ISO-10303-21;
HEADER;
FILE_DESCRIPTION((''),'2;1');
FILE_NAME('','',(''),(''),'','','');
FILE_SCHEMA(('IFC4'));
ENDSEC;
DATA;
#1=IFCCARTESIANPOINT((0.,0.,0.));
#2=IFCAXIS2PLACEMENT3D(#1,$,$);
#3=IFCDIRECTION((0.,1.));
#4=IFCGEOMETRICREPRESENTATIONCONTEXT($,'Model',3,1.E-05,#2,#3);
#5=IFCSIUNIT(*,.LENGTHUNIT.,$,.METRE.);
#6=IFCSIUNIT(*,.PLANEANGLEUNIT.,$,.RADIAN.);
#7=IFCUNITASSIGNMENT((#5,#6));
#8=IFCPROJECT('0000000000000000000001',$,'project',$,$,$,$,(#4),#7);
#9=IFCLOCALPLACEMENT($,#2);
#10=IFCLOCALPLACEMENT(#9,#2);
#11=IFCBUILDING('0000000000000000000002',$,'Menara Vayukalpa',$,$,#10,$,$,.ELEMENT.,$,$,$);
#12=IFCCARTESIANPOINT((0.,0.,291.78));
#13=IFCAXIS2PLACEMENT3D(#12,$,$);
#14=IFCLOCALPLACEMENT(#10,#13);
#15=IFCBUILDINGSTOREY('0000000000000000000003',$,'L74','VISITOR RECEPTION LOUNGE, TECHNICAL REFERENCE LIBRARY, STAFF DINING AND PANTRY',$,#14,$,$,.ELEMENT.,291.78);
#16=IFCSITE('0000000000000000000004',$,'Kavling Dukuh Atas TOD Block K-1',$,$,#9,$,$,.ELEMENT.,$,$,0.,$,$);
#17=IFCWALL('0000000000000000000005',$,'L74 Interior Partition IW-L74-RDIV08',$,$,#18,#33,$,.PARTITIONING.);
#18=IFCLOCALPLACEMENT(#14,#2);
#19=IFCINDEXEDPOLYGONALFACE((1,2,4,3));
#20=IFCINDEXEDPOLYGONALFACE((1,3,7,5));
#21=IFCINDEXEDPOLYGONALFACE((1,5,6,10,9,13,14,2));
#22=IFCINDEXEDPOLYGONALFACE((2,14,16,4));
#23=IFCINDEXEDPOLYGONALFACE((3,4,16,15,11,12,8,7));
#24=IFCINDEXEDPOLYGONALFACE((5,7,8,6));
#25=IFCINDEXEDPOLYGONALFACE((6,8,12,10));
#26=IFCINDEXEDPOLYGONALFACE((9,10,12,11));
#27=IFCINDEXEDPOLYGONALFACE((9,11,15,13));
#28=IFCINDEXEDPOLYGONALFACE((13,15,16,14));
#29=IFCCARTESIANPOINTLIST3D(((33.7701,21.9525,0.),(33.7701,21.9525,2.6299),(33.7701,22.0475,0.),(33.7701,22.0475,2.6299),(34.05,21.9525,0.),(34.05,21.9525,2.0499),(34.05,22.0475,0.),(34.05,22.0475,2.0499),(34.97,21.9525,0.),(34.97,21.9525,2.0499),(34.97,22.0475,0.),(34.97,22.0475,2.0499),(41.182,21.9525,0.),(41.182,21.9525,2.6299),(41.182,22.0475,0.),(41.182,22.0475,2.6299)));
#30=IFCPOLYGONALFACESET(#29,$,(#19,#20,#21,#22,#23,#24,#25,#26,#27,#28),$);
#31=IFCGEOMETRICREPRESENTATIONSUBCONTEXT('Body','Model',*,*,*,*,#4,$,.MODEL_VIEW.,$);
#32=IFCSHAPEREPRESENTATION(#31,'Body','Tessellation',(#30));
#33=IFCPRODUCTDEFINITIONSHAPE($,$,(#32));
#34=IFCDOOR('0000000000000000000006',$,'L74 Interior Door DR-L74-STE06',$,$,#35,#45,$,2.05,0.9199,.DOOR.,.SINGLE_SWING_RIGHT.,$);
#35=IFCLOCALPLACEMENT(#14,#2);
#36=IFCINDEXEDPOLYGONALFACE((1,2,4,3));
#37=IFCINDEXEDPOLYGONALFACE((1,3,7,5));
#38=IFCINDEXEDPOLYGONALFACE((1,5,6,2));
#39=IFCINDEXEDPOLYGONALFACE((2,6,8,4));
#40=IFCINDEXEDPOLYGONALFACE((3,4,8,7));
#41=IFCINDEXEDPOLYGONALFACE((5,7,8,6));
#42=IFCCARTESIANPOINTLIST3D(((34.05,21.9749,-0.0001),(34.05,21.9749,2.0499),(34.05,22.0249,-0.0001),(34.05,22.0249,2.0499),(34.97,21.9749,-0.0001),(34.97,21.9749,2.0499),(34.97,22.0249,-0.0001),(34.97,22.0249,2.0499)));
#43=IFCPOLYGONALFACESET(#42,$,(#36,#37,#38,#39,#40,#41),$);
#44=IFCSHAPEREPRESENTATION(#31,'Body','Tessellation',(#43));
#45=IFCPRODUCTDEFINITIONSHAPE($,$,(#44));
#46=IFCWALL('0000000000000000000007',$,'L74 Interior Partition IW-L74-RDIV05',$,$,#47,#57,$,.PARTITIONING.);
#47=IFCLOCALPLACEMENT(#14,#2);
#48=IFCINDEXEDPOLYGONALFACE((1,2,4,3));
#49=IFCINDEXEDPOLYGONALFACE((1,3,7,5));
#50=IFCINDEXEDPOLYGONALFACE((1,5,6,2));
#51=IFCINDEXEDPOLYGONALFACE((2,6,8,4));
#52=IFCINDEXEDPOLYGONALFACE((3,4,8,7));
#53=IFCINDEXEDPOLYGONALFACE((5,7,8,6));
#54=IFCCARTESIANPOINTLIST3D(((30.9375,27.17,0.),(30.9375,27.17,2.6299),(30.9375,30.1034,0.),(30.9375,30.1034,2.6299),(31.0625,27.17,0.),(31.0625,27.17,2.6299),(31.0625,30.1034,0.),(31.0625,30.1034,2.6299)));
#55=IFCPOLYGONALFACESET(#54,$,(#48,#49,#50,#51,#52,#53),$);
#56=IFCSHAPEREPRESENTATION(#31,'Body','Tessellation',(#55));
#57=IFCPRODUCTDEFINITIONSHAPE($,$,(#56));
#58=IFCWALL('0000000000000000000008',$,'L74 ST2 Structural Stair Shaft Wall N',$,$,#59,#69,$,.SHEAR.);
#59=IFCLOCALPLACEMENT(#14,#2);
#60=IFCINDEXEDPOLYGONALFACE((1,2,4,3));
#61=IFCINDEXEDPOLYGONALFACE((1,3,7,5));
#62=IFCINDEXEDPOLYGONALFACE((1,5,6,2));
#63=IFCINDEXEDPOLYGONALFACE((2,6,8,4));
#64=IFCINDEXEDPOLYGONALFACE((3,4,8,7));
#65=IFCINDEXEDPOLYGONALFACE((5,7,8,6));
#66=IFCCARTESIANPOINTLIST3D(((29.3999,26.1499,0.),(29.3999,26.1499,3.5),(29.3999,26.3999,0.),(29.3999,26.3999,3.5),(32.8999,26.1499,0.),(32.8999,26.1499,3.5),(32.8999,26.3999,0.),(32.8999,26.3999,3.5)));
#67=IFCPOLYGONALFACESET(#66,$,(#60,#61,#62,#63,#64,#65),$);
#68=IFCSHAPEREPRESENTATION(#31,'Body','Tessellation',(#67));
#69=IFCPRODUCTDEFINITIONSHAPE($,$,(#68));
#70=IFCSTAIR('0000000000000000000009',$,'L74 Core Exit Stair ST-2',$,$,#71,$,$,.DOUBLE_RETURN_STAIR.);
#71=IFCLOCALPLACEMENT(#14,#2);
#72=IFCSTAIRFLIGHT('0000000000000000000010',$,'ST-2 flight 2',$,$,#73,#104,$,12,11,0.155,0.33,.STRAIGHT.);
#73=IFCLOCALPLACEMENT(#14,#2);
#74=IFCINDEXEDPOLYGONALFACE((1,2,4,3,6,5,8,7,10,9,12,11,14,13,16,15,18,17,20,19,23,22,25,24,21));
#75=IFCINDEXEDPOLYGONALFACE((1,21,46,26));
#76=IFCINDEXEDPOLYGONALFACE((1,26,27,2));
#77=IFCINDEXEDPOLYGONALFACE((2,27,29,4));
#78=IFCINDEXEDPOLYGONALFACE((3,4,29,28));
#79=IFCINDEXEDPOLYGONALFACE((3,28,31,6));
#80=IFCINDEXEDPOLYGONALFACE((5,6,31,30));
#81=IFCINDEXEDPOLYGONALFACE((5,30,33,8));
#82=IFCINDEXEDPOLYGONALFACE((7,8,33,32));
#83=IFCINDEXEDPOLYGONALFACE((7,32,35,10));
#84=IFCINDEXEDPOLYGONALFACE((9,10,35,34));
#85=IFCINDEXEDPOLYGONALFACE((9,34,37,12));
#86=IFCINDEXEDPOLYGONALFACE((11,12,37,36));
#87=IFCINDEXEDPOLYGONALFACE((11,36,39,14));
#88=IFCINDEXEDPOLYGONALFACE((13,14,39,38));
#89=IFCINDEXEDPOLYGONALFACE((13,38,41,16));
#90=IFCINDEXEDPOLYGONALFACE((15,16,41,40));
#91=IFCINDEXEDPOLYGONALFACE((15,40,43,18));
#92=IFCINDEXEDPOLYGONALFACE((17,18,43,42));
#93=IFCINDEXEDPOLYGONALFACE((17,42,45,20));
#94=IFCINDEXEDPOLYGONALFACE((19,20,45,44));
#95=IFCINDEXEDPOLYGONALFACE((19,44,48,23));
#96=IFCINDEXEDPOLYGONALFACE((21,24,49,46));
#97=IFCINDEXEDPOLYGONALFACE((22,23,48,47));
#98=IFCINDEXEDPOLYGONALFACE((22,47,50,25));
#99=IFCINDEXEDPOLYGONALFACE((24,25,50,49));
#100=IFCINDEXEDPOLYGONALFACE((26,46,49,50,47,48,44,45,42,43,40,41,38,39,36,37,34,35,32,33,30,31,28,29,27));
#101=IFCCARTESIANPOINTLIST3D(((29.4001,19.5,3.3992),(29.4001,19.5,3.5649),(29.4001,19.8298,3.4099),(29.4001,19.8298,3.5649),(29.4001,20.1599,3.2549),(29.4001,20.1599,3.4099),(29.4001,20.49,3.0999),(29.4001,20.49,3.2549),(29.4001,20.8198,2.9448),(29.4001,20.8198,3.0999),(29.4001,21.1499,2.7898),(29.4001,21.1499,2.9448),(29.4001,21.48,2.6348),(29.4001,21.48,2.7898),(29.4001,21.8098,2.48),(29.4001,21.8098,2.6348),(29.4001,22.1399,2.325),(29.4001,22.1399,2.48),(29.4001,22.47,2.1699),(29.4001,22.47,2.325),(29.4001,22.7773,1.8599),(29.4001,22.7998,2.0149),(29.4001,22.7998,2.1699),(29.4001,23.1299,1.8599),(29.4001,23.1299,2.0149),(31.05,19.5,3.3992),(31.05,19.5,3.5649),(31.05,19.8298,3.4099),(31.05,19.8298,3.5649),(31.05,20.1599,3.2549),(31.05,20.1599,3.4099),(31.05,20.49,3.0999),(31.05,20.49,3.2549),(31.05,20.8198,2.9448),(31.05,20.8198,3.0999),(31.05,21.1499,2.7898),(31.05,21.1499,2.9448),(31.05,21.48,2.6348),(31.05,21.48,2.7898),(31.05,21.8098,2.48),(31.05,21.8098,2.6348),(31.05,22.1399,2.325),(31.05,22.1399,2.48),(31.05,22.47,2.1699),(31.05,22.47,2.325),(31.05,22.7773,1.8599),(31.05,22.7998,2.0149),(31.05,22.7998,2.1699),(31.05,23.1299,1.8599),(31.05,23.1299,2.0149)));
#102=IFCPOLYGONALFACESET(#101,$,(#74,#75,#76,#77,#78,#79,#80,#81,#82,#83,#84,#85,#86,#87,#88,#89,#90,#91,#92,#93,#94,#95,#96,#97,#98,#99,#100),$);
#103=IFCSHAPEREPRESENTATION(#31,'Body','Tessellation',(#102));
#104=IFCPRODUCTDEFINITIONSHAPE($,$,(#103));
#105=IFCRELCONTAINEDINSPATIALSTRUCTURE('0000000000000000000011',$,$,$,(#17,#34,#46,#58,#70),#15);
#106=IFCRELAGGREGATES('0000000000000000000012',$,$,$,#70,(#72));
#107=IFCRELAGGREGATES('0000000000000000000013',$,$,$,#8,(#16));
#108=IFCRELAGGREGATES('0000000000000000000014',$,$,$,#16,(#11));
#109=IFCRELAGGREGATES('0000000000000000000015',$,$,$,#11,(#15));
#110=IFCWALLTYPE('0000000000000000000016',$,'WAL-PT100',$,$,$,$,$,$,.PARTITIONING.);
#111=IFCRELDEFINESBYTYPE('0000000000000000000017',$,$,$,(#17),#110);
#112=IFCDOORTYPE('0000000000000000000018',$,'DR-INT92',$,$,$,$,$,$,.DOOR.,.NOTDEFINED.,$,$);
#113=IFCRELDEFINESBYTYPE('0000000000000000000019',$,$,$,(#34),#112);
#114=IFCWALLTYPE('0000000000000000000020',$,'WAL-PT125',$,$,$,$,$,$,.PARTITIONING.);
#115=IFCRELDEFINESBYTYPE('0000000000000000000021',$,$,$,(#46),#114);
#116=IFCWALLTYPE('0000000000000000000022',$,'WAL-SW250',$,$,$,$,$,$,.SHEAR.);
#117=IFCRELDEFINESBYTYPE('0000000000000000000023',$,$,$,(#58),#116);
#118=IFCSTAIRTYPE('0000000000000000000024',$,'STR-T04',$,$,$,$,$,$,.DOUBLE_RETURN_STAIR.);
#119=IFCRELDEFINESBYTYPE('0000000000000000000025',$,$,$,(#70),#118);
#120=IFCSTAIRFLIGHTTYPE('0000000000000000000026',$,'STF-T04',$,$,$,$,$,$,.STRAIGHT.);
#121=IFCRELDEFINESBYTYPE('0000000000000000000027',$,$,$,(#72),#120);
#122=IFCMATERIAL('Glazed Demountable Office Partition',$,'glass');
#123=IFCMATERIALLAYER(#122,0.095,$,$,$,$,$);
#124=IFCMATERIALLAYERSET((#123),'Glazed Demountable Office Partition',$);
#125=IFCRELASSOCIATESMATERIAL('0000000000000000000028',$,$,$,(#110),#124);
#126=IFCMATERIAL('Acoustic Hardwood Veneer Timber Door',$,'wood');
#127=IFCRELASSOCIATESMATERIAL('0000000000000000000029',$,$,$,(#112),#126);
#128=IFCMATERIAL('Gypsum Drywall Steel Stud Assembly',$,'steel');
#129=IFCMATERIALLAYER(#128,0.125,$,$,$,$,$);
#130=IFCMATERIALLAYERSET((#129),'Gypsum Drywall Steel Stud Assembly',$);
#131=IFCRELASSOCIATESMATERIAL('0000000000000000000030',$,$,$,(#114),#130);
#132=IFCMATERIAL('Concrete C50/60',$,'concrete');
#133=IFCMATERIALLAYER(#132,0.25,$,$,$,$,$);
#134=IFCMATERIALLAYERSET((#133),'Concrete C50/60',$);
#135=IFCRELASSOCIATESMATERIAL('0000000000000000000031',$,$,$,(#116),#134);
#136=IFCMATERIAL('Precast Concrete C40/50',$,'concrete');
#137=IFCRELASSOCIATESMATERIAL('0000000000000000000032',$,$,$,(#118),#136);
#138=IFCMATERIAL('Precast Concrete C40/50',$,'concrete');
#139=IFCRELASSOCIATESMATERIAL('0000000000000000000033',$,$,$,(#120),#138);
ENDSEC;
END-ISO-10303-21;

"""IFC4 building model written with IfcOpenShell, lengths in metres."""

from ifc_helpers import new_model, si_unit, direction, frame, frame_2d, origin, place, context, subcontext, project, spatial, polyline, rectangle, outline, extrude, material, layer, layer_set, type_object, element, fill, aggregate, save


model = new_model("IFC4")

# Units and contexts
model_context = context("Model", 3, precision=1e-05, world=origin(), true_north=direction((0.0, 1.0)))
body_context = subcontext(model_context, "Body", "Model", "MODEL_VIEW")
ifc_project = project(units=[si_unit("LENGTHUNIT", "METRE"), si_unit("PLANEANGLEUNIT", "RADIAN")], contexts=[model_context])

# Site, building, storey
site_placement = place(None, origin())
site = spatial("IfcSite", under=ifc_project, at=site_placement, Name="Kavling Dukuh Atas TOD Block K-1", CompositionType="ELEMENT", RefElevation=0.0)
building_placement = place(site_placement, origin())
building = spatial("IfcBuilding", under=site, at=building_placement, Name="Menara Vayukalpa", CompositionType="ELEMENT")
storey_placement = place(building_placement, frame((0.0, 0.0, 291.78)))
storey = spatial("IfcBuildingStorey", under=building, at=storey_placement, Name="L74", Description="VISITOR RECEPTION LOUNGE, TECHNICAL REFERENCE LIBRARY, STAFF DINING AND PANTRY", CompositionType="ELEMENT", Elevation=291.78)

# Wall, opening, door
ifc_material_1 = material(Name="Glazed Demountable Office Partition", Category="glass")
ifc_layer_1 = layer(ifc_material_1, 0.095)
ifc_layer_set_1 = layer_set([ifc_layer_1], Name="Glazed Demountable Office Partition")
wall_type_1 = type_object("IfcWallType", Name="WAL-PT100", PredefinedType="PARTITIONING", material=ifc_layer_set_1)
wall_1_placement = place(storey_placement, frame((33.77, 22.0, 0.0), z_axis=(0.0, 0.0, 1.0), x_axis=(1.0, 0.0, 0.0)))
wall_1 = element("IfcWall", 1, at=wall_1_placement, inside=storey, type_object=wall_type_1, Name="L74 Interior Partition IW-L74-RDIV08", PredefinedType="PARTITIONING", context=body_context, shape_type="SweptSolid", body=[
    extrude(rectangle(XDim=7.4119, YDim=0.095, at=frame_2d((3.7061, 0.0))), origin(), (0.0, 0.0, 1.0), 2.6299),
])
opening_placement = place(wall_1_placement, frame((0.28, 0.0, 0.0)))
opening = element("IfcOpeningElement", 2, at=opening_placement, cuts=wall_1, PredefinedType="OPENING", context=body_context, shape_type="SweptSolid", body=[
    extrude(rectangle(XDim=0.9199, YDim=2.05, at=frame_2d((0.46, 1.0249))), frame((0.0, 0.0574, 0.0), z_axis=(0.0, -1.0, 0.0), x_axis=(1.0, 0.0, 0.0)), (0.0, 0.0, 1.0), 0.115),
])
ifc_material_2 = material(Name="Acoustic Hardwood Veneer Timber Door", Category="wood")
door_type = type_object("IfcDoorType", Name="DR-INT92", OperationType="NOTDEFINED", PredefinedType="DOOR", material=ifc_material_2)
door_placement = place(opening_placement, origin())
door = element("IfcDoor", 3, at=door_placement, inside=storey, type_object=door_type, Name="L74 Interior Door DR-L74-STE06", OperationType="SINGLE_SWING_RIGHT", OverallHeight=2.05, OverallWidth=0.9199, PredefinedType="DOOR", context=body_context, shape_type="SweptSolid", body=[
    extrude(rectangle(XDim=0.9199, YDim=2.05, at=frame_2d((0.46, 1.0249))), frame((0.0, 0.0249, 0.0), z_axis=(0.0, -1.0, 0.0), x_axis=(1.0, 0.0, 0.0)), (0.0, 0.0, 1.0), 0.05),
])
fill(opening, door)

# Walls
ifc_material_3 = material(Name="Gypsum Drywall Steel Stud Assembly", Category="steel")
ifc_layer_2 = layer(ifc_material_3, 0.125)
ifc_layer_set_2 = layer_set([ifc_layer_2], Name="Gypsum Drywall Steel Stud Assembly")
wall_type_2 = type_object("IfcWallType", Name="WAL-PT125", PredefinedType="PARTITIONING", material=ifc_layer_set_2)
wall_2_placement = place(storey_placement, frame((31.0, 27.1699, 0.0), z_axis=(0.0, 0.0, 1.0), x_axis=(0.0, 1.0, 0.0)))
element("IfcWall", 4, at=wall_2_placement, inside=storey, type_object=wall_type_2, Name="L74 Interior Partition IW-L74-RDIV05", PredefinedType="PARTITIONING", context=body_context, shape_type="SweptSolid", body=[
    extrude(rectangle(XDim=2.9333, YDim=0.125, at=frame_2d((1.4668, 0.0))), origin(), (0.0, 0.0, 1.0), 2.6299),
])
ifc_material_4 = material(Name="Concrete C50/60", Category="concrete")
ifc_layer_3 = layer(ifc_material_4, 0.25)
ifc_layer_set_3 = layer_set([ifc_layer_3], Name="Concrete C50/60")
wall_type_3 = type_object("IfcWallType", Name="WAL-SW250", PredefinedType="SHEAR", material=ifc_layer_set_3)
wall_3_placement = place(storey_placement, frame((29.3999, 26.2749, 0.0), z_axis=(0.0, 0.0, 1.0), x_axis=(1.0, 0.0, 0.0)))
element("IfcWall", 5, at=wall_3_placement, inside=storey, type_object=wall_type_3, Name="L74 ST2 Structural Stair Shaft Wall N", PredefinedType="SHEAR", context=body_context, shape_type="SweptSolid", body=[
    extrude(rectangle(XDim=3.5, YDim=0.25, at=frame_2d((1.75, 0.0))), origin(), (0.0, 0.0, 1.0), 3.5),
])

# Stair, stair flight
ifc_material_5 = material(Name="Precast Concrete C40/50", Category="concrete")
stair_type = type_object("IfcStairType", Name="STR-T04", PredefinedType="DOUBLE_RETURN_STAIR", material=ifc_material_5)
stair_placement = place(storey_placement, origin())
stair = element("IfcStair", 6, at=stair_placement, inside=storey, type_object=stair_type, Name="L74 Core Exit Stair ST-2", PredefinedType="DOUBLE_RETURN_STAIR")
ifc_material_6 = material(Name="Precast Concrete C40/50", Category="concrete")
stair_flight_type = type_object("IfcStairFlightType", Name="STF-T04", PredefinedType="STRAIGHT", material=ifc_material_6)
stair_flight_placement = place(storey_placement, frame((30.2251, 23.1299, 1.8599), z_axis=(0.0, 0.0, 1.0), x_axis=(0.0, -1.0, 0.0)))
stair_flight = element("IfcStairFlight", 7, at=stair_flight_placement, type_object=stair_flight_type, Name="ST-2 flight 2", NumberOfRisers=12, NumberOfTreads=11, PredefinedType="STRAIGHT", RiserHeight=0.155, TreadLength=0.33, context=body_context, shape_type="SweptSolid", body=[
    extrude(outline(polyline([(0.0, 0.0), (0.0, 0.155), (0.3301, 0.155), (0.3301, 0.3101), (0.6599, 0.3101), (0.6599, 0.4651), (0.99, 0.4651), (0.99, 0.6201), (1.3201, 0.6201), (1.3201, 0.7749), (1.6499, 0.7749), (1.6499, 0.9299), (1.98, 0.9299), (1.98, 1.085), (2.3101, 1.085), (2.3101, 1.24), (2.6399, 1.24), (2.6399, 1.395), (2.97, 1.395), (2.97, 1.55), (3.3, 1.55), (3.3, 1.7051), (3.6299, 1.7051), (3.6299, 1.8601), (3.6299, 1.5393), (0.3525, 0.0), (0.0, 0.0)])), frame((0.0, 0.825, 0.0), z_axis=(0.0, -1.0, 0.0), x_axis=(1.0, 0.0, 0.0)), (0.0, 0.0, 1.0), 1.6499),
])
aggregate(stair, [stair_flight])

save(model, "model.ifc")
